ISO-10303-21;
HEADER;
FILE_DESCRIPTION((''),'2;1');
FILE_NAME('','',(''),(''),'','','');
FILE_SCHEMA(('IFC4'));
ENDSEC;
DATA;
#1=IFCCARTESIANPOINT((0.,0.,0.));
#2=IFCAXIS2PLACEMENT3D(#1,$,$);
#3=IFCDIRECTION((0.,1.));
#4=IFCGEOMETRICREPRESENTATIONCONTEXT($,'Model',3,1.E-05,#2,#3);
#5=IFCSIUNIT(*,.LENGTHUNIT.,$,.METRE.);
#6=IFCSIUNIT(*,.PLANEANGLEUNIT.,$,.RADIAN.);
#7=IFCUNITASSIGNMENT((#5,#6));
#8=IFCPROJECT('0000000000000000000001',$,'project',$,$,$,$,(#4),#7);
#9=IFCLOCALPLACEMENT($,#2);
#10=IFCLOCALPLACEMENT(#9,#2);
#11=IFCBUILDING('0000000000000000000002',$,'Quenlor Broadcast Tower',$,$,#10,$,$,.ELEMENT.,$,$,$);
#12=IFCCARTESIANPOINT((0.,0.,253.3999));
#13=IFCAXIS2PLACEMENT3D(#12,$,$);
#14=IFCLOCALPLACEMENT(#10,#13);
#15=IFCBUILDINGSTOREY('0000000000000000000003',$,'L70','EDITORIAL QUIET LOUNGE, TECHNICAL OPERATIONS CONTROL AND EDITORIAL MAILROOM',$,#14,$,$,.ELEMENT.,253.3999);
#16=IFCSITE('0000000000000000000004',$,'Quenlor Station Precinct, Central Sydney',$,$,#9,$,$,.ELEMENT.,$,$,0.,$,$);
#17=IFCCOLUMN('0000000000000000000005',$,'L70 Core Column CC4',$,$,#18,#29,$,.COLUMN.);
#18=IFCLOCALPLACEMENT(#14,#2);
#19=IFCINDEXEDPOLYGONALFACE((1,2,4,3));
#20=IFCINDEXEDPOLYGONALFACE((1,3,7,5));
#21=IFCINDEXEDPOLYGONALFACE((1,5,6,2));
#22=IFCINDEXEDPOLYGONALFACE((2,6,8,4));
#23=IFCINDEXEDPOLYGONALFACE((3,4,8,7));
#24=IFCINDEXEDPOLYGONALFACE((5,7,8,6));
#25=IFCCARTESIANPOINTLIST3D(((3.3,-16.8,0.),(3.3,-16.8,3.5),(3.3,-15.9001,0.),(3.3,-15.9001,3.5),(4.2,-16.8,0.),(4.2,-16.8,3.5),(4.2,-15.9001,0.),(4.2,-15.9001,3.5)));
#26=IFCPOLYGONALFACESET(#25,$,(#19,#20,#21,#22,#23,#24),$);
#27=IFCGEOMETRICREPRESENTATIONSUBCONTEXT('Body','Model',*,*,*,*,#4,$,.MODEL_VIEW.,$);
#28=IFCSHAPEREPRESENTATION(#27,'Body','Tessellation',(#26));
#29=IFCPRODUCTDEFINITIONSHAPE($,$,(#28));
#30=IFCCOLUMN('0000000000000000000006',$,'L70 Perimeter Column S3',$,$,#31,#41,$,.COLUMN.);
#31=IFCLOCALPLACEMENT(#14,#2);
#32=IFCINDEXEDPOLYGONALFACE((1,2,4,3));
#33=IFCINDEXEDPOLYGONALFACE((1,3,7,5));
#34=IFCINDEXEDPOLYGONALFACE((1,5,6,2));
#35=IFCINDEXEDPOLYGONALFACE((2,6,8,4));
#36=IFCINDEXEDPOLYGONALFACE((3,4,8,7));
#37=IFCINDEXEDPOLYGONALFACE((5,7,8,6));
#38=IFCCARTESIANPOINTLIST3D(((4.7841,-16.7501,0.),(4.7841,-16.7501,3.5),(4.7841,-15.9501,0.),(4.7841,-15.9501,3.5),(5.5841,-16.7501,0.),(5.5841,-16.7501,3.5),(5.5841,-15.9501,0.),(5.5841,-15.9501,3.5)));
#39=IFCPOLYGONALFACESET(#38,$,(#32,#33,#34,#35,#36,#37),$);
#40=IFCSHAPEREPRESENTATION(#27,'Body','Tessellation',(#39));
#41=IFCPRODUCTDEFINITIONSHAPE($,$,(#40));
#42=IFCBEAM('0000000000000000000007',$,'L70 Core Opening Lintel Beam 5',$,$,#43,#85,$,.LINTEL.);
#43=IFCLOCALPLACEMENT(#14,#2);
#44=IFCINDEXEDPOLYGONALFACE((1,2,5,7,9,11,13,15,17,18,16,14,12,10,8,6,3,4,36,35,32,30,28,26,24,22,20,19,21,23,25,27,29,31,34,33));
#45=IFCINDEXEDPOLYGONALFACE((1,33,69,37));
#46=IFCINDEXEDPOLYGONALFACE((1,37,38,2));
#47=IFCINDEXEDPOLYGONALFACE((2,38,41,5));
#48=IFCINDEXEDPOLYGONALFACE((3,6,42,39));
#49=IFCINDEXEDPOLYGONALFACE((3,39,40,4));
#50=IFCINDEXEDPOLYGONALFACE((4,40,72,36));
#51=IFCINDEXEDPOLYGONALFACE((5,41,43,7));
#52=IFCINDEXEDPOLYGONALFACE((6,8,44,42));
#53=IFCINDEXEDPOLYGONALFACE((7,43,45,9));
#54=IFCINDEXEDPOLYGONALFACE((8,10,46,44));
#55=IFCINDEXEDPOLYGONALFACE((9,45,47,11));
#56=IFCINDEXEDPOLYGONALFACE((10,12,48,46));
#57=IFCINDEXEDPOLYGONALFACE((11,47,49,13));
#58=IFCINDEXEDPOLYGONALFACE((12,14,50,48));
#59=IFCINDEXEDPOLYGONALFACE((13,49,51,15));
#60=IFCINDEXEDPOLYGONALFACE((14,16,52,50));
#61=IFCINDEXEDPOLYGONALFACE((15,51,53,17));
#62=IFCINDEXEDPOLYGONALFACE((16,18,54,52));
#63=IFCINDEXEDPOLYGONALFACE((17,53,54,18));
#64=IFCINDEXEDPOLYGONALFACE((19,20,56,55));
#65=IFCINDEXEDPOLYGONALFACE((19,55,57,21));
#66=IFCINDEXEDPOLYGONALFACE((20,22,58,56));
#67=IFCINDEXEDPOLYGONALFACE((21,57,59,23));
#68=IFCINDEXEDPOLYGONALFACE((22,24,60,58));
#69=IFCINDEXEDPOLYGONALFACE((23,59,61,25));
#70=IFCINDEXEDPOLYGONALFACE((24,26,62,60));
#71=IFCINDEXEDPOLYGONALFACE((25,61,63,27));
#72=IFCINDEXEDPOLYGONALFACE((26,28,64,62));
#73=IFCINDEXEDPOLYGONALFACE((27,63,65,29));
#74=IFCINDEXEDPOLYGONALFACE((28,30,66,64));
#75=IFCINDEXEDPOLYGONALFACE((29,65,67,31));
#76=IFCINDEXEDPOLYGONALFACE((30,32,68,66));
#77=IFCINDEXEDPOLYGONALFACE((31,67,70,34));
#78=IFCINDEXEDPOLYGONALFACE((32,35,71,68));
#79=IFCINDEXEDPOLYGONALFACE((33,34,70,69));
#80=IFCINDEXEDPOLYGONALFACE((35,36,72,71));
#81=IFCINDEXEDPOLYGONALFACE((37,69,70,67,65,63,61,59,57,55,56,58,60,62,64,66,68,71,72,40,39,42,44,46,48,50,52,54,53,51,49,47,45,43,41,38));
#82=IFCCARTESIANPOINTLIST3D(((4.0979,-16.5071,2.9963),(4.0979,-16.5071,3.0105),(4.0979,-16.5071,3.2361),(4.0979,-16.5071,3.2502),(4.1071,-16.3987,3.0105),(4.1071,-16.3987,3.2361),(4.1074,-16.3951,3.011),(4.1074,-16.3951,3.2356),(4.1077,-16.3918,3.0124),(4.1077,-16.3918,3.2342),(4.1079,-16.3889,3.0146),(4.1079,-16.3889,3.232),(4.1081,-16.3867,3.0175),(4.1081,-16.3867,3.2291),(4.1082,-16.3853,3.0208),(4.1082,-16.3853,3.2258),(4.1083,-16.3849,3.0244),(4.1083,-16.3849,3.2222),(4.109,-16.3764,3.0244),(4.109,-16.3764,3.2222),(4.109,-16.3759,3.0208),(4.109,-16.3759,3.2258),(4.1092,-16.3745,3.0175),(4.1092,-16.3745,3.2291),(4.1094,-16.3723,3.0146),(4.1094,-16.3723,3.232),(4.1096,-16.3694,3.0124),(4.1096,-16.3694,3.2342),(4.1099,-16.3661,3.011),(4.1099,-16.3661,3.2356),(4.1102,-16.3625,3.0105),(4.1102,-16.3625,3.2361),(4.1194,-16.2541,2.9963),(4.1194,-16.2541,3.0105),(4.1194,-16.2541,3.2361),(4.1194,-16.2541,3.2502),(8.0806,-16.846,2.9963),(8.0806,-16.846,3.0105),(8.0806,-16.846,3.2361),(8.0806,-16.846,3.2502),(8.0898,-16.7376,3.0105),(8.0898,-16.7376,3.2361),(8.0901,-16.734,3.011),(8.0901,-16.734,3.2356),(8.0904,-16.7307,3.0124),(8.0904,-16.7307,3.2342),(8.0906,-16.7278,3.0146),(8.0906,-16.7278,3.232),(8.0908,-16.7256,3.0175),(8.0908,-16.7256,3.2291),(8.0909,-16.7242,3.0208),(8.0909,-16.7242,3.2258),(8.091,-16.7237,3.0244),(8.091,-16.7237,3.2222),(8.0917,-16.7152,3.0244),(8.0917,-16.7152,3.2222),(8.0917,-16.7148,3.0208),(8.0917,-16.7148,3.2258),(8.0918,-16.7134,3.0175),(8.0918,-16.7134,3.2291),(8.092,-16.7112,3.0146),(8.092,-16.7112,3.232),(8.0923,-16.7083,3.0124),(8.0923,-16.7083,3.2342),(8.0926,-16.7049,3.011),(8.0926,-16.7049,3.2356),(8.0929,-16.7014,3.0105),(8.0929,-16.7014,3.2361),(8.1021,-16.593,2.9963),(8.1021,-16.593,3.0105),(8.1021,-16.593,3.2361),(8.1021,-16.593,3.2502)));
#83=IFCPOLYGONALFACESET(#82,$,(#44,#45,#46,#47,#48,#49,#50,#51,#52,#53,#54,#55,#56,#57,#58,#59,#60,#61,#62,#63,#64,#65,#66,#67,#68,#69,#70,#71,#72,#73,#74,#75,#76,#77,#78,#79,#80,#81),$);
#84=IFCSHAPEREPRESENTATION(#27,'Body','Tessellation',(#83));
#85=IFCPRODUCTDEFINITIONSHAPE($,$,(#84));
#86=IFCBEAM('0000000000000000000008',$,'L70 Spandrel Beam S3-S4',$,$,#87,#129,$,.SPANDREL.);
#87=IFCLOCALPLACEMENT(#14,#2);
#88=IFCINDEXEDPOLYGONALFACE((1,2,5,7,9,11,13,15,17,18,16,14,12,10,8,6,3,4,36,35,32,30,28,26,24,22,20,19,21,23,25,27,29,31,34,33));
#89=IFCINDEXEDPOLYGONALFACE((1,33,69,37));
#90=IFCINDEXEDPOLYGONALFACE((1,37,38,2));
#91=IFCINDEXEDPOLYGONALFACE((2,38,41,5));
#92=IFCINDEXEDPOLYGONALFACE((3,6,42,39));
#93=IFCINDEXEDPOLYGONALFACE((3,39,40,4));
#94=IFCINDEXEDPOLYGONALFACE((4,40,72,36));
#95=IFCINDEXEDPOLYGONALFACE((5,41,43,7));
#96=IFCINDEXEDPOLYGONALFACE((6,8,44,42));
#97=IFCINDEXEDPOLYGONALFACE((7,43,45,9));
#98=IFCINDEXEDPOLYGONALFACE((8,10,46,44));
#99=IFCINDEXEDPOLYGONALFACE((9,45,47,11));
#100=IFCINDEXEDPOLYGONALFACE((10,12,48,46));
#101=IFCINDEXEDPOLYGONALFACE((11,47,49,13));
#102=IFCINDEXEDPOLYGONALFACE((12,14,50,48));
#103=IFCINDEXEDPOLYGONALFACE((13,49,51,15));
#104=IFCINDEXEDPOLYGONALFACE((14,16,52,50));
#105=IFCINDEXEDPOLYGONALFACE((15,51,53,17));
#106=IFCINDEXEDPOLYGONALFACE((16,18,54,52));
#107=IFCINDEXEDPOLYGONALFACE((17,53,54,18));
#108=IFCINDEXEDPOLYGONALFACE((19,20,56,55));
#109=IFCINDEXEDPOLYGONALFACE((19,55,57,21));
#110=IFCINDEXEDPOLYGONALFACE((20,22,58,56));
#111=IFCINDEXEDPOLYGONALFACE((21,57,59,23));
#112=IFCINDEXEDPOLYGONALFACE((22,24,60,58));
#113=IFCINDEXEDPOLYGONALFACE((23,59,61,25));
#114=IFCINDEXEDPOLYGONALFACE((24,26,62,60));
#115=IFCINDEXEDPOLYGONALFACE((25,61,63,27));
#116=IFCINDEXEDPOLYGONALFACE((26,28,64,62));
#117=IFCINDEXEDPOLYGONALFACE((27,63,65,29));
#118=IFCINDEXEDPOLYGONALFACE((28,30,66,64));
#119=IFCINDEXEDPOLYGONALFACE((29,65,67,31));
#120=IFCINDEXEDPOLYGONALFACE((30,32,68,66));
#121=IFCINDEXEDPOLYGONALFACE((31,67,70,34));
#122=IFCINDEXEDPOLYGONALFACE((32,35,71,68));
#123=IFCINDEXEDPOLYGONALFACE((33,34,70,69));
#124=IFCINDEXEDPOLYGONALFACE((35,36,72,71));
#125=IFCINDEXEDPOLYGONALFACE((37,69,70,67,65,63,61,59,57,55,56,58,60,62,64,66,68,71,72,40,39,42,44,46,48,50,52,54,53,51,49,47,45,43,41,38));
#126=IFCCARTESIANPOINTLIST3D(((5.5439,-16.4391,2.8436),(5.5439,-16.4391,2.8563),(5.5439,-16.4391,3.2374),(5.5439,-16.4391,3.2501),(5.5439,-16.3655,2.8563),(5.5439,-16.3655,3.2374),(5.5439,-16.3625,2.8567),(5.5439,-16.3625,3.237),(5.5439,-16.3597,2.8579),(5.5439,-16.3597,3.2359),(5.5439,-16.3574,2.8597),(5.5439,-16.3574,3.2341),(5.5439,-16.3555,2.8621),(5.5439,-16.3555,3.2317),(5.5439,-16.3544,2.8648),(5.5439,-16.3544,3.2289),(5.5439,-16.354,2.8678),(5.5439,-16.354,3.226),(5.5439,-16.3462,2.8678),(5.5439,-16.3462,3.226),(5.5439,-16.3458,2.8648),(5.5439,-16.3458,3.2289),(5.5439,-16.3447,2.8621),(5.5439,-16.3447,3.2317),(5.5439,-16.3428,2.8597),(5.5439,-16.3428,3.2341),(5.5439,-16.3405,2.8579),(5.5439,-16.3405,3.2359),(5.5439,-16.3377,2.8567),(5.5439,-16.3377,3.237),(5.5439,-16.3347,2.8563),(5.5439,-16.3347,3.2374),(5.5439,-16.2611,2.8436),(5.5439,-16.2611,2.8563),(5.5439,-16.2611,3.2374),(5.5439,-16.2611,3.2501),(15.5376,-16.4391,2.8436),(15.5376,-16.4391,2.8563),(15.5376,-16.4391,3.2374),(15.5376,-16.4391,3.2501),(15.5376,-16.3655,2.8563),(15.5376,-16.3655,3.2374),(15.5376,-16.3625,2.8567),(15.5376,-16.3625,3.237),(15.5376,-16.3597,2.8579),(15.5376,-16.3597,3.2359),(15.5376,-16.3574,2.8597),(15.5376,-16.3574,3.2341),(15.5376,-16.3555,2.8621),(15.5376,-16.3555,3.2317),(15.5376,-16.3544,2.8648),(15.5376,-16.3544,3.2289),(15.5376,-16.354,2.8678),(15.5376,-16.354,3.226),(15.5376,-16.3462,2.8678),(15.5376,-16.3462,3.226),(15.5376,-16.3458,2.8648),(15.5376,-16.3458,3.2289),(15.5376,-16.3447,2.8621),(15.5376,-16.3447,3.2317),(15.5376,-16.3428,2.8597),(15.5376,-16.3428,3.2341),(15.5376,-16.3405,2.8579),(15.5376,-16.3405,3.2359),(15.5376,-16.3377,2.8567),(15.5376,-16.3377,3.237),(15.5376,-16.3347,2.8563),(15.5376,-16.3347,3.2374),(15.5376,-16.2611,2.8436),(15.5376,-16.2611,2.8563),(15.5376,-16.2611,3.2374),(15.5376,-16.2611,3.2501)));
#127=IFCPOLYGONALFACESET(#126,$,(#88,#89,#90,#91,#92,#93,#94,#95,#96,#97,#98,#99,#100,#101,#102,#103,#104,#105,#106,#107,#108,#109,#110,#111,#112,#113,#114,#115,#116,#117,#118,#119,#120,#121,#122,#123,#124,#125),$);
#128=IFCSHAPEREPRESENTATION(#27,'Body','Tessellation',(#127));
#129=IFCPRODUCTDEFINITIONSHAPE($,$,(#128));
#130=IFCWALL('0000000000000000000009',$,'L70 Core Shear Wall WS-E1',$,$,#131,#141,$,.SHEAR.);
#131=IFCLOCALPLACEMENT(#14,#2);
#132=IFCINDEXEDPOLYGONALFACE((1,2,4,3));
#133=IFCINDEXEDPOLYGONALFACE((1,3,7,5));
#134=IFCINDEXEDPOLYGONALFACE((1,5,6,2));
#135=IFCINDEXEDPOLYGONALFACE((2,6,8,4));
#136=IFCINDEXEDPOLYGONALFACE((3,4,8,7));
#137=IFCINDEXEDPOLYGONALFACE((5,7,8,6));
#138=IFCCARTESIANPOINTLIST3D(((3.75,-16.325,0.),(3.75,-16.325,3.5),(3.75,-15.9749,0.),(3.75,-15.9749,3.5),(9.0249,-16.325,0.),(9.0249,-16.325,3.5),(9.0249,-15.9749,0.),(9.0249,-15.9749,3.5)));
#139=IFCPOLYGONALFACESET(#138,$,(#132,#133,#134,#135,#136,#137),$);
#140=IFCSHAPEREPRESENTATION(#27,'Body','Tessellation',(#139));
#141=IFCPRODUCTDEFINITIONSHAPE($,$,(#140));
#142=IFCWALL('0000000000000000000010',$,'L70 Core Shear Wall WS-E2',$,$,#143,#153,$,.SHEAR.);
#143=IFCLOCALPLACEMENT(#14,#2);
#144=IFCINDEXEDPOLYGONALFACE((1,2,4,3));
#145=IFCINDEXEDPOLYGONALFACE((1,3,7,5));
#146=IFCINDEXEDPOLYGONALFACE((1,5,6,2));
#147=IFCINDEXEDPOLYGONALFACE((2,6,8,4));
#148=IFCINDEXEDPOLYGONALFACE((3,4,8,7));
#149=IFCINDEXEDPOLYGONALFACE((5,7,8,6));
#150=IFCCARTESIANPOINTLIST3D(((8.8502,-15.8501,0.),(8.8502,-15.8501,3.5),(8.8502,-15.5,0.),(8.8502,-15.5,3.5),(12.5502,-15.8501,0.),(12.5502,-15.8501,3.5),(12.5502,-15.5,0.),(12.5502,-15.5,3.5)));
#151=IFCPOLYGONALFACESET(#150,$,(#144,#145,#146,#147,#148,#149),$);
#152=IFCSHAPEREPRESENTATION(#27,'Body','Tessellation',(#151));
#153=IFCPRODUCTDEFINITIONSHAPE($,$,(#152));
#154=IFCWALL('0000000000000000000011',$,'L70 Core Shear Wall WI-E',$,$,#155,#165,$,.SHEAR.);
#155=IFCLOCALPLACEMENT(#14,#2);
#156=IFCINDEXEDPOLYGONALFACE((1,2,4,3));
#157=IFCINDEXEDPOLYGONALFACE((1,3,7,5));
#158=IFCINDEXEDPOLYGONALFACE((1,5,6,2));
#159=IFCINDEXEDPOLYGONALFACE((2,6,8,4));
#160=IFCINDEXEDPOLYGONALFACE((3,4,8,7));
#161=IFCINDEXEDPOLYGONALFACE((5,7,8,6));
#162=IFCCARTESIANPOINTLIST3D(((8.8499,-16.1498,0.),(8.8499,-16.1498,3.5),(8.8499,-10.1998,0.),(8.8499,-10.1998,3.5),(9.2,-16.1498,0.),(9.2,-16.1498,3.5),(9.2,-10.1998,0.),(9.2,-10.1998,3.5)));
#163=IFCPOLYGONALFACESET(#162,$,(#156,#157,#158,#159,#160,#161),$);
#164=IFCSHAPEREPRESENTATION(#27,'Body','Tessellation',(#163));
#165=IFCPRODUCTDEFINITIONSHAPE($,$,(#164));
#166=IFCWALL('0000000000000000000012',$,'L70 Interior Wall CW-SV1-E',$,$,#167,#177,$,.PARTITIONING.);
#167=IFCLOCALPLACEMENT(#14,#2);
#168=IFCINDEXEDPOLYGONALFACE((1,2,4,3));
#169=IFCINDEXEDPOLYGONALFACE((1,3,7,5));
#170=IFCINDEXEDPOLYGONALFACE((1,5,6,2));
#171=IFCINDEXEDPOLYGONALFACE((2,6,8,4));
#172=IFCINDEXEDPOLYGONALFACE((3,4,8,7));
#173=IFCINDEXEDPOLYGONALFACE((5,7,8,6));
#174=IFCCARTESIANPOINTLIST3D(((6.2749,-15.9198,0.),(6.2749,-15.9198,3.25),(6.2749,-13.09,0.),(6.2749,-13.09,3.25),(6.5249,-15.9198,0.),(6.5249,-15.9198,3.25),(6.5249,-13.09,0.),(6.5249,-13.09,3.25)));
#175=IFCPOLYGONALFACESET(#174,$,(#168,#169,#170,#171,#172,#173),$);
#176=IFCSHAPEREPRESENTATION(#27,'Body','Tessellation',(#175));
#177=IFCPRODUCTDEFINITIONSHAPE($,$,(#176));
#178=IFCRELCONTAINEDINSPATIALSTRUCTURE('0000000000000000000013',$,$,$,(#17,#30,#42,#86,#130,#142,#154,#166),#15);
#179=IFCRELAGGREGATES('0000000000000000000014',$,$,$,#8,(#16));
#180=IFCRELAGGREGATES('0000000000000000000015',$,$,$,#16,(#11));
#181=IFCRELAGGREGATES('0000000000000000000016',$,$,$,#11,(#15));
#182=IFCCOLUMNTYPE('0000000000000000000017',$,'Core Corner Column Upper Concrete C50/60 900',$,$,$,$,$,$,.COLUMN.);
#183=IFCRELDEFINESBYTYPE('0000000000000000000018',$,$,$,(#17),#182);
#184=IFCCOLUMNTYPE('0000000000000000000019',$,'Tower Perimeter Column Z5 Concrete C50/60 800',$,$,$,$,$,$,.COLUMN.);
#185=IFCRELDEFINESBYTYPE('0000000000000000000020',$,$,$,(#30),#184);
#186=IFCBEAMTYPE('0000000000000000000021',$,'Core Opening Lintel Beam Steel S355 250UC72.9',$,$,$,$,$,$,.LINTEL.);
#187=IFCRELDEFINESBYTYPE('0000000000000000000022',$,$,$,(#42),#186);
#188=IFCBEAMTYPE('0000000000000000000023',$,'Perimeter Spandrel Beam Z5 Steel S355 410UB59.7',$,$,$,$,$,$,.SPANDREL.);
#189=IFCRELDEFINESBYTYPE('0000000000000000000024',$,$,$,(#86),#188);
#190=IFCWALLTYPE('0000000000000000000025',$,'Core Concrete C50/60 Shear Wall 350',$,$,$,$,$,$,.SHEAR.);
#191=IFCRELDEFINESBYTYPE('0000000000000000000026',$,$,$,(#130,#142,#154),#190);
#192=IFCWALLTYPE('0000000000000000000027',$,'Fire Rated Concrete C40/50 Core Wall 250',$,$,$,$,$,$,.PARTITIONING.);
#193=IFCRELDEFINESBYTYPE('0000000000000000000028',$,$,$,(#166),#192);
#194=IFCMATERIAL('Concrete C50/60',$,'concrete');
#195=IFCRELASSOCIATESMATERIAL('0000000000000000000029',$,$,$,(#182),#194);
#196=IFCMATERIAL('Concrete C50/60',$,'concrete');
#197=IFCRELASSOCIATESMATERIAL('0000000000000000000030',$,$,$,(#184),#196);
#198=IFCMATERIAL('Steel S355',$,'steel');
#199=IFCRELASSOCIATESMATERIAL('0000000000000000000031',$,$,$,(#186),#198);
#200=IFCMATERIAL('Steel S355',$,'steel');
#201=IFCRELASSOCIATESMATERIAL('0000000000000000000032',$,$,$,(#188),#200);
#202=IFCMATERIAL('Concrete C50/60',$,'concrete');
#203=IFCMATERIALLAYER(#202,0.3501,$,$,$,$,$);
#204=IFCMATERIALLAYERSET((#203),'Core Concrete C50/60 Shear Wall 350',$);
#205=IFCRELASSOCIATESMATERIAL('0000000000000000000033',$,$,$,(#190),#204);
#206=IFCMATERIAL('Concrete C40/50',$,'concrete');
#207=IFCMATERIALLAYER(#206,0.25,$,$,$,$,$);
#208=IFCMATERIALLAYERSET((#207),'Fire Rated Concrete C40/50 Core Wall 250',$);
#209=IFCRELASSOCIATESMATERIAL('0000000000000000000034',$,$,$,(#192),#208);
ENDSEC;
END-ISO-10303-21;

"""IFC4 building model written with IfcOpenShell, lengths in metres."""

from ifc_helpers import new_model, si_unit, direction, frame, frame_2d, origin, origin_2d, place, context, subcontext, project, spatial, rectangle, i_section, extrude, material, layer, layer_set, material_profile, profile_set, type_object, element, save


model = new_model("IFC4")

# Units and contexts
model_context = context("Model", 3, precision=1e-05, world=origin(), true_north=direction((0.0, 1.0)))
body_context = subcontext(model_context, "Body", "Model", "MODEL_VIEW")
ifc_project = project(units=[si_unit("LENGTHUNIT", "METRE"), si_unit("PLANEANGLEUNIT", "RADIAN")], contexts=[model_context])

# Site, building, storey
site_placement = place(None, origin())
site = spatial("IfcSite", under=ifc_project, at=site_placement, Name="Quenlor Station Precinct, Central Sydney", CompositionType="ELEMENT", RefElevation=0.0)
building_placement = place(site_placement, origin())
building = spatial("IfcBuilding", under=site, at=building_placement, Name="Quenlor Broadcast Tower", CompositionType="ELEMENT")
storey_placement = place(building_placement, frame((0.0, 0.0, 253.3999)))
storey = spatial("IfcBuildingStorey", under=building, at=storey_placement, Name="L70", Description="EDITORIAL QUIET LOUNGE, TECHNICAL OPERATIONS CONTROL AND EDITORIAL MAILROOM", CompositionType="ELEMENT", Elevation=253.3999)

# Columns
ifc_material_1 = material(Name="Concrete C50/60", Category="concrete")
ifc_material_profile_1 = material_profile(ifc_material_1, rectangle(XDim=0.8999, YDim=0.8999, at=origin_2d()))
ifc_profile_set_1 = profile_set([ifc_material_profile_1], Name="Concrete C50/60 RC900x900")
column_type_1 = type_object("IfcColumnType", Name="Core Corner Column Upper Concrete C50/60 900", PredefinedType="COLUMN", material=ifc_profile_set_1)
column_1_placement = place(storey_placement, frame((3.75, -16.3501, 0.0), z_axis=(0.0, 0.0, 1.0), x_axis=(1.0, 0.0, 0.0)))
element("IfcColumn", 1, at=column_1_placement, inside=storey, type_object=column_type_1, Name="L70 Core Column CC4", PredefinedType="COLUMN", context=body_context, shape_type="SweptSolid", body=[
    extrude(rectangle(XDim=0.8999, YDim=0.8999, at=origin_2d()), origin(), (0.0, 0.0, 1.0), 3.5),
])
ifc_material_2 = material(Name="Concrete C50/60", Category="concrete")
ifc_material_profile_2 = material_profile(ifc_material_2, rectangle(XDim=0.8, YDim=0.8, at=origin_2d()))
ifc_profile_set_2 = profile_set([ifc_material_profile_2], Name="Concrete C50/60 RC800x800")
column_type_2 = type_object("IfcColumnType", Name="Tower Perimeter Column Z5 Concrete C50/60 800", PredefinedType="COLUMN", material=ifc_profile_set_2)
column_2_placement = place(storey_placement, frame((5.1841, -16.3501, 0.0), z_axis=(0.0, 0.0, 1.0), x_axis=(0.0, 1.0, 0.0)))
element("IfcColumn", 2, at=column_2_placement, inside=storey, type_object=column_type_2, Name="L70 Perimeter Column S3", PredefinedType="COLUMN", context=body_context, shape_type="SweptSolid", body=[
    extrude(rectangle(XDim=0.8, YDim=0.8, at=origin_2d()), origin(), (0.0, 0.0, 1.0), 3.5),
])

# Beams
ifc_material_3 = material(Name="Steel S355", Category="steel")
ifc_material_profile_3 = material_profile(ifc_material_3, i_section(OverallWidth=0.2539, OverallDepth=0.2539, WebThickness=0.0085, FlangeThickness=0.0142, FilletRadius=0.0139, at=origin_2d()))
ifc_profile_set_3 = profile_set([ifc_material_profile_3], Name="Steel S355 250UC72.9")
beam_type_1 = type_object("IfcBeamType", Name="Core Opening Lintel Beam Steel S355 250UC72.9", PredefinedType="LINTEL", material=ifc_profile_set_3)
beam_1_placement = place(storey_placement, frame((4.1086, -16.3806, 3.1233), z_axis=(0.9964, -0.084779, 0.0), x_axis=(0.084779, 0.9964, 0.0)))
element("IfcBeam", 3, at=beam_1_placement, inside=storey, type_object=beam_type_1, Name="L70 Core Opening Lintel Beam 5", PredefinedType="LINTEL", context=body_context, shape_type="SweptSolid", body=[
    extrude(i_section(OverallWidth=0.2539, OverallDepth=0.2539, WebThickness=0.0085, FlangeThickness=0.0142, FilletRadius=0.0139, at=origin_2d()), origin(), (0.0, 0.0, 1.0), 3.9971),
])
ifc_material_4 = material(Name="Steel S355", Category="steel")
ifc_material_profile_4 = material_profile(ifc_material_4, i_section(OverallWidth=0.178, OverallDepth=0.4065, WebThickness=0.0078, FlangeThickness=0.0127, FilletRadius=0.0115, at=origin_2d()))
ifc_profile_set_4 = profile_set([ifc_material_profile_4], Name="Steel S355 410UB59.7")
beam_type_2 = type_object("IfcBeamType", Name="Perimeter Spandrel Beam Z5 Steel S355 410UB59.7", PredefinedType="SPANDREL", material=ifc_profile_set_4)
beam_2_placement = place(storey_placement, frame((5.5439, -16.3501, 3.0469), z_axis=(1.0, 0.0, 0.0), x_axis=(0.0, 1.0, 0.0)))
element("IfcBeam", 4, at=beam_2_placement, inside=storey, type_object=beam_type_2, Name="L70 Spandrel Beam S3-S4", PredefinedType="SPANDREL", context=body_context, shape_type="SweptSolid", body=[
    extrude(i_section(OverallWidth=0.178, OverallDepth=0.4065, WebThickness=0.0078, FlangeThickness=0.0127, FilletRadius=0.0115, at=origin_2d()), origin(), (0.0, 0.0, 1.0), 9.9937),
])

# Walls
ifc_material_5 = material(Name="Concrete C50/60", Category="concrete")
ifc_layer_1 = layer(ifc_material_5, 0.3501)
ifc_layer_set_1 = layer_set([ifc_layer_1], Name="Core Concrete C50/60 Shear Wall 350")
wall_type_1 = type_object("IfcWallType", Name="Core Concrete C50/60 Shear Wall 350", PredefinedType="SHEAR", material=ifc_layer_set_1)
wall_1_placement = place(storey_placement, frame((3.75, -16.1499, 0.0), z_axis=(0.0, 0.0, 1.0), x_axis=(1.0, 0.0, 0.0)))
element("IfcWall", 5, at=wall_1_placement, inside=storey, type_object=wall_type_1, Name="L70 Core Shear Wall WS-E1", PredefinedType="SHEAR", context=body_context, shape_type="SweptSolid", body=[
    extrude(rectangle(XDim=5.2749, YDim=0.3501, at=frame_2d((2.6375, 0.0))), origin(), (0.0, 0.0, 1.0), 3.5),
])
wall_2_placement = place(storey_placement, frame((8.8501, -15.675, 0.0), z_axis=(0.0, 0.0, 1.0), x_axis=(1.0, 0.0, 0.0)))
element("IfcWall", 6, at=wall_2_placement, inside=storey, type_object=wall_type_1, Name="L70 Core Shear Wall WS-E2", PredefinedType="SHEAR", context=body_context, shape_type="SweptSolid", body=[
    extrude(rectangle(XDim=3.7, YDim=0.3501, at=frame_2d((1.8501, 0.0))), origin(), (0.0, 0.0, 1.0), 3.5),
])
wall_3_placement = place(storey_placement, frame((9.0249, -16.1499, 0.0), z_axis=(0.0, 0.0, 1.0), x_axis=(0.0, 1.0, 0.0)))
element("IfcWall", 7, at=wall_3_placement, inside=storey, type_object=wall_type_1, Name="L70 Core Shear Wall WI-E", PredefinedType="SHEAR", context=body_context, shape_type="SweptSolid", body=[
    extrude(rectangle(XDim=5.95, YDim=0.3501, at=frame_2d((2.9751, 0.0))), origin(), (0.0, 0.0, 1.0), 3.5),
])

# Shared definitions
ifc_material_6 = material(Name="Concrete C40/50", Category="concrete")
ifc_layer_2 = layer(ifc_material_6, 0.25)
ifc_layer_set_2 = layer_set([ifc_layer_2], Name="Fire Rated Concrete C40/50 Core Wall 250")
wall_type_2 = type_object("IfcWallType", Name="Fire Rated Concrete C40/50 Core Wall 250", PredefinedType="PARTITIONING", material=ifc_layer_set_2)

# Wall
wall_4_placement = place(storey_placement, frame((6.3999, -15.9199, 0.0), z_axis=(0.0, 0.0, 1.0), x_axis=(0.0, 1.0, 0.0)))
element("IfcWall", 8, at=wall_4_placement, inside=storey, type_object=wall_type_2, Name="L70 Interior Wall CW-SV1-E", PredefinedType="PARTITIONING", context=body_context, shape_type="SweptSolid", body=[
    extrude(rectangle(XDim=2.8298, YDim=0.25, at=frame_2d((1.415, 0.0))), origin(), (0.0, 0.0, 1.0), 3.25),
])

save(model, "model.ifc")
